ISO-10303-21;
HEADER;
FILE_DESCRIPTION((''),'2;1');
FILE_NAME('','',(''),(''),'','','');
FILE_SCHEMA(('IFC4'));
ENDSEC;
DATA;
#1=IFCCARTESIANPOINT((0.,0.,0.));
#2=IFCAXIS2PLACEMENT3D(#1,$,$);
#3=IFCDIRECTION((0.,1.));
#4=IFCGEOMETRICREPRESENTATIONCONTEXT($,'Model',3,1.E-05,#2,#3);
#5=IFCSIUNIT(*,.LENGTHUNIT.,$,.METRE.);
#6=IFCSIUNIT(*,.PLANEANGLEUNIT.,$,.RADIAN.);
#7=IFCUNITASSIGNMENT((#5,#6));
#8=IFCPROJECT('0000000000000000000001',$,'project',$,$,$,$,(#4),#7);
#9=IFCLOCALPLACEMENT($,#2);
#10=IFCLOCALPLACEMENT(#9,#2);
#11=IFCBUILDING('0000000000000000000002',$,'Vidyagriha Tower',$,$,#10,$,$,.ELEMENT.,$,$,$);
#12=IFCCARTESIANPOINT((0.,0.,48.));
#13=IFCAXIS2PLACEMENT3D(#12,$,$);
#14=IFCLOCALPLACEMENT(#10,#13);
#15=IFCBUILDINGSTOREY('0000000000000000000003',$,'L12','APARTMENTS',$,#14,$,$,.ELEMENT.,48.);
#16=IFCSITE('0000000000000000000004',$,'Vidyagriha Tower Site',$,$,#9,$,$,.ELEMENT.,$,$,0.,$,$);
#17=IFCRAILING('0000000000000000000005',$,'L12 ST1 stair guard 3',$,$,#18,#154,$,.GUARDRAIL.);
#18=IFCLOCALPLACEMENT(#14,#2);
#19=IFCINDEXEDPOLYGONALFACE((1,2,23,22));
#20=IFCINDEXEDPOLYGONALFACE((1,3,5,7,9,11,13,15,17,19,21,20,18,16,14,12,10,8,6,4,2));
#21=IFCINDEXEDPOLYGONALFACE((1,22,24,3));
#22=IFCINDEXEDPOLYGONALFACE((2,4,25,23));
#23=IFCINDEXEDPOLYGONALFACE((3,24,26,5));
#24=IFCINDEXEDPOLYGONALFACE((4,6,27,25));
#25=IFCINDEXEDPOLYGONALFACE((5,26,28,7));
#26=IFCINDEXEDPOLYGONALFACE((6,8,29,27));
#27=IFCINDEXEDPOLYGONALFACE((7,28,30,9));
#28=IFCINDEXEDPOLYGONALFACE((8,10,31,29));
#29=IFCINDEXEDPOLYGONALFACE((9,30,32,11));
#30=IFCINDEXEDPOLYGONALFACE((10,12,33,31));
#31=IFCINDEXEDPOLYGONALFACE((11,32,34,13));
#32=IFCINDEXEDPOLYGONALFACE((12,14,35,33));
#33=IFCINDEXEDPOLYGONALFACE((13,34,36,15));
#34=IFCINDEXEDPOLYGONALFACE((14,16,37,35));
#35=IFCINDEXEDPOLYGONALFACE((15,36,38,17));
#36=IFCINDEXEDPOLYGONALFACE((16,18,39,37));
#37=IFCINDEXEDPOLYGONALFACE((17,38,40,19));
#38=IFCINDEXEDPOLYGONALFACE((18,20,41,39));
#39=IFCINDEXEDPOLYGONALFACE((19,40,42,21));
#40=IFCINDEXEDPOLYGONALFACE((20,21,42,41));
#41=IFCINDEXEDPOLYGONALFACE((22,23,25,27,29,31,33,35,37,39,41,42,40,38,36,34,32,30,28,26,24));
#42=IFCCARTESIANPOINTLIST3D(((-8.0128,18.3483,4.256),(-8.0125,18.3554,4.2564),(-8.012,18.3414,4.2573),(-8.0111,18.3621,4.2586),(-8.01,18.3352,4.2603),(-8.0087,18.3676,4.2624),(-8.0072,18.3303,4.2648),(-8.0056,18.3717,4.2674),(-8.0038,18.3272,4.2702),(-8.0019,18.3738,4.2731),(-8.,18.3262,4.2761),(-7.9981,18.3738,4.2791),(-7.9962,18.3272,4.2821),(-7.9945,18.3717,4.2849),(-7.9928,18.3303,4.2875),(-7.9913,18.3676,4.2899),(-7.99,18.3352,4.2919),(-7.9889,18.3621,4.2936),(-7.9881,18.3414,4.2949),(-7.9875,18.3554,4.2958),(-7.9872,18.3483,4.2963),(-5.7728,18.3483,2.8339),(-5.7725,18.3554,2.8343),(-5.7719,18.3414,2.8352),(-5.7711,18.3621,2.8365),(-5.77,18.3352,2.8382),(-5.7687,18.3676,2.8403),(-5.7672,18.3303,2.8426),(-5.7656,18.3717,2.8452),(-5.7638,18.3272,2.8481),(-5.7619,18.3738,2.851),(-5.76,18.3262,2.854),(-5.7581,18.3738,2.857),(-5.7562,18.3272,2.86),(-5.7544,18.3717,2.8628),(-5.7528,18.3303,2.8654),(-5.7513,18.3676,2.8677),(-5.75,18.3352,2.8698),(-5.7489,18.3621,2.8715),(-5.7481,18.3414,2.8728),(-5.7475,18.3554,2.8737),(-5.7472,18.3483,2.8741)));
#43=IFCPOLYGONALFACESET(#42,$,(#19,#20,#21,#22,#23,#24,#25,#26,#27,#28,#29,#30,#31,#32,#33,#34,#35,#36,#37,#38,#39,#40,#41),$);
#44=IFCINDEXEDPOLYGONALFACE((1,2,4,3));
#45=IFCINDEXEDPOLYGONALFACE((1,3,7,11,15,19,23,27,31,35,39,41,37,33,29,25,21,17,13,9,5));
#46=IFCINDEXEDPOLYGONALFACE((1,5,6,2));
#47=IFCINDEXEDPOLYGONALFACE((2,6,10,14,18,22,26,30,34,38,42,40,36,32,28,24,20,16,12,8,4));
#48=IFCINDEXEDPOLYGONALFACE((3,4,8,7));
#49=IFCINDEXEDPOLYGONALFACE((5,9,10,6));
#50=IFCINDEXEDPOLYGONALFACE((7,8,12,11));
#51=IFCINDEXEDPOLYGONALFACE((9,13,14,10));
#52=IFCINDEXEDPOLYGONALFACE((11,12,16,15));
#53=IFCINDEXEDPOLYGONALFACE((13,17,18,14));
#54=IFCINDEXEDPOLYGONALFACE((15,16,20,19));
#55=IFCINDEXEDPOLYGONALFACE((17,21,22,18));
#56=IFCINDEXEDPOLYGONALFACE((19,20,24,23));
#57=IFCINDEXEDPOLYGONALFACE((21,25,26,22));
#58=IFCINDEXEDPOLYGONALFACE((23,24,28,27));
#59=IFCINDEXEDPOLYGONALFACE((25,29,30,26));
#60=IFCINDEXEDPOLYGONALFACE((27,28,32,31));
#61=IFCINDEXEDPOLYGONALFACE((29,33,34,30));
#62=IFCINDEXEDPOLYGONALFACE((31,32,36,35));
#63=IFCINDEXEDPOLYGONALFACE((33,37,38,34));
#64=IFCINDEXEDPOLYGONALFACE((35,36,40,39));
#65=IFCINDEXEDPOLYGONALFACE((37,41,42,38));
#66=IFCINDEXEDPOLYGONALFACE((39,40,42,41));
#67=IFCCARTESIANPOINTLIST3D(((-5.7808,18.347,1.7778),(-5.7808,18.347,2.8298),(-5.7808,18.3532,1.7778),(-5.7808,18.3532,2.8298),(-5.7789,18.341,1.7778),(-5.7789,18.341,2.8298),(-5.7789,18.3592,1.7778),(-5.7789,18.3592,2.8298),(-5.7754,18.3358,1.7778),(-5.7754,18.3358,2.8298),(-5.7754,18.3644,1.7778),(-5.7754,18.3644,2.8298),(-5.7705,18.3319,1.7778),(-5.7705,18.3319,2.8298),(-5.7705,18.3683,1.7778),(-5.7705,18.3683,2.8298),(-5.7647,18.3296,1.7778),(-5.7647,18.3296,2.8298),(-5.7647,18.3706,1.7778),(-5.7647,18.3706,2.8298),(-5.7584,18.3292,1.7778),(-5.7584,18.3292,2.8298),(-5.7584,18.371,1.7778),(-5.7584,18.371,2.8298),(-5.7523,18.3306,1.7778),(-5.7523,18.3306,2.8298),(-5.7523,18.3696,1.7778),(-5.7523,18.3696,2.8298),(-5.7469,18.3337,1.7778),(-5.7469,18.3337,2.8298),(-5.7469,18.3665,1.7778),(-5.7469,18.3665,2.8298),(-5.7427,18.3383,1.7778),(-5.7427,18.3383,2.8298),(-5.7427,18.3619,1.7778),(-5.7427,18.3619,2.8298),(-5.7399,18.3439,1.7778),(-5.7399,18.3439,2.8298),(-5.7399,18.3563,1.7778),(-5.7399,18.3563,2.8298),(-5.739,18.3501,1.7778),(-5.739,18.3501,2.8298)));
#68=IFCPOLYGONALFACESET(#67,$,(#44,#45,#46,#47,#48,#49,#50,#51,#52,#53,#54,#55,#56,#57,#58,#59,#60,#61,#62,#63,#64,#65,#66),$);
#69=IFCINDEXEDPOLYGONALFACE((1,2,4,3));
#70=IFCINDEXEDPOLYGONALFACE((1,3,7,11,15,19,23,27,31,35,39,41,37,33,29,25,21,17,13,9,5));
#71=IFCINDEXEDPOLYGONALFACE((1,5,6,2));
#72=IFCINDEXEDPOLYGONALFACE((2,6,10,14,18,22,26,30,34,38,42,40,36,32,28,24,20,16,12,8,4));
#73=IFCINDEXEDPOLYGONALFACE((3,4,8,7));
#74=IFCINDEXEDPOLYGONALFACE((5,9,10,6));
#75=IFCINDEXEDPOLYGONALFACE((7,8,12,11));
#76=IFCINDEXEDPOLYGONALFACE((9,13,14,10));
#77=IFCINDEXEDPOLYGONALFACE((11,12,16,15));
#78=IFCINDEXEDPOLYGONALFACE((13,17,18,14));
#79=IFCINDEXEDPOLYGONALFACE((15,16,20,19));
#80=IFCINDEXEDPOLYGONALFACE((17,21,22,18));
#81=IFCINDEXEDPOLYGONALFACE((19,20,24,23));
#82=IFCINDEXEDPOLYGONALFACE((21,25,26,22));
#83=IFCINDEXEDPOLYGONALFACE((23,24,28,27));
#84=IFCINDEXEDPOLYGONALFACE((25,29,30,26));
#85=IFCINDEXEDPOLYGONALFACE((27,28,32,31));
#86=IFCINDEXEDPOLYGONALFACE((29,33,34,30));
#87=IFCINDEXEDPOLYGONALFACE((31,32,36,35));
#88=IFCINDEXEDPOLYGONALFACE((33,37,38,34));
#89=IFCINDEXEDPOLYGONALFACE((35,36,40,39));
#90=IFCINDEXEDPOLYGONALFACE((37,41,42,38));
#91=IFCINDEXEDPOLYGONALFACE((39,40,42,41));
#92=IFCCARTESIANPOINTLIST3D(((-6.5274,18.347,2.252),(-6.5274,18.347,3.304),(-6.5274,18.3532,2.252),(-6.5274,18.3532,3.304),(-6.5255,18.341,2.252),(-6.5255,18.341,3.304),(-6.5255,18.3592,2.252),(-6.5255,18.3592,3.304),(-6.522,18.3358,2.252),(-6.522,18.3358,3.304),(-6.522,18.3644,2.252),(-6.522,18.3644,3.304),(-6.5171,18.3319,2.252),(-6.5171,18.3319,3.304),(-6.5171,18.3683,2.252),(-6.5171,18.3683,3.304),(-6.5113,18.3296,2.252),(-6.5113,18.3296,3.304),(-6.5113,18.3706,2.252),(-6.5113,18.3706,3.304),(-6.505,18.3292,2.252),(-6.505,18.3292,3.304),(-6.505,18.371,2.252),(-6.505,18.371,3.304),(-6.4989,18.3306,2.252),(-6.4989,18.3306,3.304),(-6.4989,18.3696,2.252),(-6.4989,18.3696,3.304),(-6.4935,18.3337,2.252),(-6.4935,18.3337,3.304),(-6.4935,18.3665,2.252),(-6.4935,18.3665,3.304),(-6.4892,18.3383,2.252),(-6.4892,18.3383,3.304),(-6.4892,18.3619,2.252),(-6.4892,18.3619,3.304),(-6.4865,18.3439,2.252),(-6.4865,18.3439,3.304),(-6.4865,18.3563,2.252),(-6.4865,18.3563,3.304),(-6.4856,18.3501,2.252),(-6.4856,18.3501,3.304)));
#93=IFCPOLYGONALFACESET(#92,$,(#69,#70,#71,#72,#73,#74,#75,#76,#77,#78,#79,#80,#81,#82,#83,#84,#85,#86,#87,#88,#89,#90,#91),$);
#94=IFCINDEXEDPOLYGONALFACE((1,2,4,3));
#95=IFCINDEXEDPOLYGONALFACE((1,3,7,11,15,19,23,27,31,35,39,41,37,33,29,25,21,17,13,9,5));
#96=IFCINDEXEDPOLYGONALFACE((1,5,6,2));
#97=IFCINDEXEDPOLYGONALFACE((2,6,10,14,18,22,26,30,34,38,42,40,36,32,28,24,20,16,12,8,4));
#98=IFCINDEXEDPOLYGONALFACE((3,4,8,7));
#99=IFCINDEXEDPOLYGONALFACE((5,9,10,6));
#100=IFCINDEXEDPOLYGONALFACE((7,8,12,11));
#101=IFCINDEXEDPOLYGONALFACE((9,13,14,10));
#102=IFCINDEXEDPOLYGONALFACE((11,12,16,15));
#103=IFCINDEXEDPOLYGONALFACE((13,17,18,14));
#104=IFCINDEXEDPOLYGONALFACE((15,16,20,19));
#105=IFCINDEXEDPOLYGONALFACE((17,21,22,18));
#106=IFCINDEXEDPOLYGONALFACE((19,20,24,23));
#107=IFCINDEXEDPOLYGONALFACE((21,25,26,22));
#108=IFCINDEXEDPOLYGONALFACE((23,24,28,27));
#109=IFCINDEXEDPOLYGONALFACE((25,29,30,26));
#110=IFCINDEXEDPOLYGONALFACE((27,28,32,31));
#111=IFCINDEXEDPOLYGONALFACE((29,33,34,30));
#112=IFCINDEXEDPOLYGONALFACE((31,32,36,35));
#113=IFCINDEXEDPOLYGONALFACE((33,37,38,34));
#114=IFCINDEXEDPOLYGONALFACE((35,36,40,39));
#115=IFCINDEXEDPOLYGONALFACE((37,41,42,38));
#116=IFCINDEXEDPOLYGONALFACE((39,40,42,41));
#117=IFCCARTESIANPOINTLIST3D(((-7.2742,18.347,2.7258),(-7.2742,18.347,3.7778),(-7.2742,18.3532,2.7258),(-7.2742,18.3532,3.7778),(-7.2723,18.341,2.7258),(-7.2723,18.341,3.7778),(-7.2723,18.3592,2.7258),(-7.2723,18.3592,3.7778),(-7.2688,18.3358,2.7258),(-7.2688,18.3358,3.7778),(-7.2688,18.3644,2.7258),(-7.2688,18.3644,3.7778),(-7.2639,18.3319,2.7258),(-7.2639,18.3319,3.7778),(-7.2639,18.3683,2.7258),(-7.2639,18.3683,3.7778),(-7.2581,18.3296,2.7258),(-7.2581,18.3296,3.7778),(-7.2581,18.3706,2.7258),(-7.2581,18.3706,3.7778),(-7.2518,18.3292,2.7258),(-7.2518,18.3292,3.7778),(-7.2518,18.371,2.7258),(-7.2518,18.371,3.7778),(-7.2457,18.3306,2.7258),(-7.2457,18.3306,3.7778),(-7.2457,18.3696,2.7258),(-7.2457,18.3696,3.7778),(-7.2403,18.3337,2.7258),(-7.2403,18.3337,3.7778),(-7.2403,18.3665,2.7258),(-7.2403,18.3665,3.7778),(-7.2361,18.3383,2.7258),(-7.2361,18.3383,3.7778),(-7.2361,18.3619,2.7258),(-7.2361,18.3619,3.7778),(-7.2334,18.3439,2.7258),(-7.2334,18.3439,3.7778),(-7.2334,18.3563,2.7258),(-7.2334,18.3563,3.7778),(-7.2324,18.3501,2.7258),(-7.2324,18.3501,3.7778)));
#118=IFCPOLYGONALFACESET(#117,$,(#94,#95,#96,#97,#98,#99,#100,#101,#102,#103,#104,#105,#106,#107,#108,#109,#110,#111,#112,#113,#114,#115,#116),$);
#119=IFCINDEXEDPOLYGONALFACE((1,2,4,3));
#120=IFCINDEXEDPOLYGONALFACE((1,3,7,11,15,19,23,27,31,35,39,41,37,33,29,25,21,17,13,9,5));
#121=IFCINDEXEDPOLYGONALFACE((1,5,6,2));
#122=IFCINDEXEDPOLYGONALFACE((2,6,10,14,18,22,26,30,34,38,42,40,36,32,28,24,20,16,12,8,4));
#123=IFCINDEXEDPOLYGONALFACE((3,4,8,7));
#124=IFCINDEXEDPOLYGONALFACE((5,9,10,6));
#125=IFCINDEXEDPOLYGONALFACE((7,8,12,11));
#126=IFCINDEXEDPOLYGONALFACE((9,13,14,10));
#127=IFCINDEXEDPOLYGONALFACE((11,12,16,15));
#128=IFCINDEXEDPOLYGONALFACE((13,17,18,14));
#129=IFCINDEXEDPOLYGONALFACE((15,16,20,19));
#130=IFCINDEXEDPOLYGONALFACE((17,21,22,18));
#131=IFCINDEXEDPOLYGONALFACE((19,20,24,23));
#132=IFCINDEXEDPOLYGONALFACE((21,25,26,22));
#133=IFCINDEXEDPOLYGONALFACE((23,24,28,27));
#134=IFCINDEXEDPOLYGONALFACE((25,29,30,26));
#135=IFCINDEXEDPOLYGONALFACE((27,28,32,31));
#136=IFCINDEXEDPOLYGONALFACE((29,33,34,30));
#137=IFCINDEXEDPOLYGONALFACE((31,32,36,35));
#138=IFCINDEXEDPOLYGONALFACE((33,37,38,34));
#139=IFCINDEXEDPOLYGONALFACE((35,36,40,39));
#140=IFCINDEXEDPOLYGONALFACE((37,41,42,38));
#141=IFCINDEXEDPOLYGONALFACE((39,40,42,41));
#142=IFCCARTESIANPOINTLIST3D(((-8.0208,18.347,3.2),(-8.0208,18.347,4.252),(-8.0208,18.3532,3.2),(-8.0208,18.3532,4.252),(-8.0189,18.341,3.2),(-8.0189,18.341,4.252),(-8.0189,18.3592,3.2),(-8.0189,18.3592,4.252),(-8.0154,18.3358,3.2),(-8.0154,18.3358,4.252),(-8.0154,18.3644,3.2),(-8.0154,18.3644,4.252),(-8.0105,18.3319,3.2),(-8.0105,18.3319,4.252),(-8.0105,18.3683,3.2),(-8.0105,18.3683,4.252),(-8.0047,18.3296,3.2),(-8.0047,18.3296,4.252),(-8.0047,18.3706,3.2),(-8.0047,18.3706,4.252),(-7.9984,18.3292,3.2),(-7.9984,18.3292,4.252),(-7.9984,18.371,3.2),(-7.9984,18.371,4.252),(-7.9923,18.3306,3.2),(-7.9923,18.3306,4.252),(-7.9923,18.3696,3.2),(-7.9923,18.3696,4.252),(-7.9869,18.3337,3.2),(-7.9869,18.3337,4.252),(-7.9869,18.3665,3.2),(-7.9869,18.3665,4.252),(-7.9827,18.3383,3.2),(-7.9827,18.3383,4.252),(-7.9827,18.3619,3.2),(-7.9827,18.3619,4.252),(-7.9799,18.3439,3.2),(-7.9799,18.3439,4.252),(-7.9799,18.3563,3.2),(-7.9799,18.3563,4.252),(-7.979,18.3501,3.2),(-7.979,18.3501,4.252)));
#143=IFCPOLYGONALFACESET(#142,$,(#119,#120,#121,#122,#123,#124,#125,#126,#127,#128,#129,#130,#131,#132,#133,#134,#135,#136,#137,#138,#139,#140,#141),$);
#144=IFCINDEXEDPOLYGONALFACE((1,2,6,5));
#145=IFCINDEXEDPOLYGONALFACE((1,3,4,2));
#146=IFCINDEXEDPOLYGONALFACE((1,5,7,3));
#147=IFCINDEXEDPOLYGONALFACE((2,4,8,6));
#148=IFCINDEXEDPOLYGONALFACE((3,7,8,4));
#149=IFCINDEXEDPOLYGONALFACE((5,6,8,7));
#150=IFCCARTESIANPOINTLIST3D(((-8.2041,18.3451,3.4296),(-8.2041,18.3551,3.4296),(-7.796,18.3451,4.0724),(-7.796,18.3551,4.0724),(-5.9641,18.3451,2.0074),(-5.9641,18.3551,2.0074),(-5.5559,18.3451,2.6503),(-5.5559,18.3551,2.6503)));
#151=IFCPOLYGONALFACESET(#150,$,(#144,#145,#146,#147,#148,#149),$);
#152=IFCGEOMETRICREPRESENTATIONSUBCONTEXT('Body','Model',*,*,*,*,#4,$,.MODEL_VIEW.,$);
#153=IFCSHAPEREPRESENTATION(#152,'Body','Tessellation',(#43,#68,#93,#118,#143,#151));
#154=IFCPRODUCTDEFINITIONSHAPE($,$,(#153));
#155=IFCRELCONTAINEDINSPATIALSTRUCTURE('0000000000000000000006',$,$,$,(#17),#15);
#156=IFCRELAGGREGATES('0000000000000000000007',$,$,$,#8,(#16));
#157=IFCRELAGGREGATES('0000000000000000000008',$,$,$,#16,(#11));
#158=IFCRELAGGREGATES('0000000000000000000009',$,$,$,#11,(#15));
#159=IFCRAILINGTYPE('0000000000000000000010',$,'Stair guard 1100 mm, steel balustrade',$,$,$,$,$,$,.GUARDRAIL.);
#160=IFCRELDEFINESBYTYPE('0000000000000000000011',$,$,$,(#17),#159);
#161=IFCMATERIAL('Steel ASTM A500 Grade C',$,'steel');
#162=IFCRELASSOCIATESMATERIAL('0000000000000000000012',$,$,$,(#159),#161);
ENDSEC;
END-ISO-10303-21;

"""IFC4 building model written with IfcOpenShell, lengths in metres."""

from ifc_helpers import new_model, si_unit, direction, frame, origin, origin_2d, place, context, subcontext, project, spatial, rectangle, circle, extrude, material, type_object, element, save


model = new_model("IFC4")

# Units and contexts
model_context = context("Model", 3, precision=1e-05, world=origin(), true_north=direction((0.0, 1.0)))
body_context = subcontext(model_context, "Body", "Model", "MODEL_VIEW")
ifc_project = project(units=[si_unit("LENGTHUNIT", "METRE"), si_unit("PLANEANGLEUNIT", "RADIAN")], contexts=[model_context])

# Site, building, storey
site_placement = place(None, origin())
site = spatial("IfcSite", under=ifc_project, at=site_placement, Name="Vidyagriha Tower Site", CompositionType="ELEMENT", RefElevation=0.0)
building_placement = place(site_placement, origin())
building = spatial("IfcBuilding", under=site, at=building_placement, Name="Vidyagriha Tower", CompositionType="ELEMENT")
storey_placement = place(building_placement, frame((0.0, 0.0, 48.0)))
storey = spatial("IfcBuildingStorey", under=building, at=storey_placement, Name="L12", Description="APARTMENTS", CompositionType="ELEMENT", Elevation=48.0)

# Railing
ifc_material_1 = material(Name="Steel ASTM A500 Grade C", Category="steel")
railing_type_1 = type_object("IfcRailingType", Name="Stair guard 1100 mm, steel balustrade", PredefinedType="GUARDRAIL", material=ifc_material_1)
railing_1_placement = place(storey_placement, frame((-5.76, 18.3501, 1.7778)))
element("IfcRailing", 1, at=railing_1_placement, inside=storey, type_object=railing_type_1, Name="L12 ST1 stair guard 3", PredefinedType="GUARDRAIL", context=body_context, shape_type="SweptSolid", body=[
    extrude(circle(Radius=0.0239, at=origin_2d()), frame((0.0, 0.0, 1.0762), z_axis=(-0.844229, 0.0, 0.535982), x_axis=(0.0, -1.0, 0.0)), (0.0, 0.0, 1.0), 2.6533),
    extrude(circle(Radius=0.021, at=origin_2d()), origin(), (0.0, 0.0, 1.0), 1.052),
    extrude(circle(Radius=0.021, at=origin_2d()), frame((-0.7466, 0.0, 0.4741)), (0.0, 0.0, 1.0), 1.052),
    extrude(circle(Radius=0.021, at=origin_2d()), frame((-1.4934, 0.0, 0.948)), (0.0, 0.0, 1.0), 1.052),
    extrude(circle(Radius=0.021, at=origin_2d()), frame((-2.24, 0.0, 1.4221)), (0.0, 0.0, 1.0), 1.052),
    extrude(rectangle(XDim=0.01, YDim=0.7615, at=origin_2d()), frame((0.0, 0.0, 0.551), z_axis=(-0.844229, 0.0, 0.535982), x_axis=(0.0, -1.0, 0.0)), (0.0, 0.0, 1.0), 2.6533),
])

save(model, "model.ifc")
